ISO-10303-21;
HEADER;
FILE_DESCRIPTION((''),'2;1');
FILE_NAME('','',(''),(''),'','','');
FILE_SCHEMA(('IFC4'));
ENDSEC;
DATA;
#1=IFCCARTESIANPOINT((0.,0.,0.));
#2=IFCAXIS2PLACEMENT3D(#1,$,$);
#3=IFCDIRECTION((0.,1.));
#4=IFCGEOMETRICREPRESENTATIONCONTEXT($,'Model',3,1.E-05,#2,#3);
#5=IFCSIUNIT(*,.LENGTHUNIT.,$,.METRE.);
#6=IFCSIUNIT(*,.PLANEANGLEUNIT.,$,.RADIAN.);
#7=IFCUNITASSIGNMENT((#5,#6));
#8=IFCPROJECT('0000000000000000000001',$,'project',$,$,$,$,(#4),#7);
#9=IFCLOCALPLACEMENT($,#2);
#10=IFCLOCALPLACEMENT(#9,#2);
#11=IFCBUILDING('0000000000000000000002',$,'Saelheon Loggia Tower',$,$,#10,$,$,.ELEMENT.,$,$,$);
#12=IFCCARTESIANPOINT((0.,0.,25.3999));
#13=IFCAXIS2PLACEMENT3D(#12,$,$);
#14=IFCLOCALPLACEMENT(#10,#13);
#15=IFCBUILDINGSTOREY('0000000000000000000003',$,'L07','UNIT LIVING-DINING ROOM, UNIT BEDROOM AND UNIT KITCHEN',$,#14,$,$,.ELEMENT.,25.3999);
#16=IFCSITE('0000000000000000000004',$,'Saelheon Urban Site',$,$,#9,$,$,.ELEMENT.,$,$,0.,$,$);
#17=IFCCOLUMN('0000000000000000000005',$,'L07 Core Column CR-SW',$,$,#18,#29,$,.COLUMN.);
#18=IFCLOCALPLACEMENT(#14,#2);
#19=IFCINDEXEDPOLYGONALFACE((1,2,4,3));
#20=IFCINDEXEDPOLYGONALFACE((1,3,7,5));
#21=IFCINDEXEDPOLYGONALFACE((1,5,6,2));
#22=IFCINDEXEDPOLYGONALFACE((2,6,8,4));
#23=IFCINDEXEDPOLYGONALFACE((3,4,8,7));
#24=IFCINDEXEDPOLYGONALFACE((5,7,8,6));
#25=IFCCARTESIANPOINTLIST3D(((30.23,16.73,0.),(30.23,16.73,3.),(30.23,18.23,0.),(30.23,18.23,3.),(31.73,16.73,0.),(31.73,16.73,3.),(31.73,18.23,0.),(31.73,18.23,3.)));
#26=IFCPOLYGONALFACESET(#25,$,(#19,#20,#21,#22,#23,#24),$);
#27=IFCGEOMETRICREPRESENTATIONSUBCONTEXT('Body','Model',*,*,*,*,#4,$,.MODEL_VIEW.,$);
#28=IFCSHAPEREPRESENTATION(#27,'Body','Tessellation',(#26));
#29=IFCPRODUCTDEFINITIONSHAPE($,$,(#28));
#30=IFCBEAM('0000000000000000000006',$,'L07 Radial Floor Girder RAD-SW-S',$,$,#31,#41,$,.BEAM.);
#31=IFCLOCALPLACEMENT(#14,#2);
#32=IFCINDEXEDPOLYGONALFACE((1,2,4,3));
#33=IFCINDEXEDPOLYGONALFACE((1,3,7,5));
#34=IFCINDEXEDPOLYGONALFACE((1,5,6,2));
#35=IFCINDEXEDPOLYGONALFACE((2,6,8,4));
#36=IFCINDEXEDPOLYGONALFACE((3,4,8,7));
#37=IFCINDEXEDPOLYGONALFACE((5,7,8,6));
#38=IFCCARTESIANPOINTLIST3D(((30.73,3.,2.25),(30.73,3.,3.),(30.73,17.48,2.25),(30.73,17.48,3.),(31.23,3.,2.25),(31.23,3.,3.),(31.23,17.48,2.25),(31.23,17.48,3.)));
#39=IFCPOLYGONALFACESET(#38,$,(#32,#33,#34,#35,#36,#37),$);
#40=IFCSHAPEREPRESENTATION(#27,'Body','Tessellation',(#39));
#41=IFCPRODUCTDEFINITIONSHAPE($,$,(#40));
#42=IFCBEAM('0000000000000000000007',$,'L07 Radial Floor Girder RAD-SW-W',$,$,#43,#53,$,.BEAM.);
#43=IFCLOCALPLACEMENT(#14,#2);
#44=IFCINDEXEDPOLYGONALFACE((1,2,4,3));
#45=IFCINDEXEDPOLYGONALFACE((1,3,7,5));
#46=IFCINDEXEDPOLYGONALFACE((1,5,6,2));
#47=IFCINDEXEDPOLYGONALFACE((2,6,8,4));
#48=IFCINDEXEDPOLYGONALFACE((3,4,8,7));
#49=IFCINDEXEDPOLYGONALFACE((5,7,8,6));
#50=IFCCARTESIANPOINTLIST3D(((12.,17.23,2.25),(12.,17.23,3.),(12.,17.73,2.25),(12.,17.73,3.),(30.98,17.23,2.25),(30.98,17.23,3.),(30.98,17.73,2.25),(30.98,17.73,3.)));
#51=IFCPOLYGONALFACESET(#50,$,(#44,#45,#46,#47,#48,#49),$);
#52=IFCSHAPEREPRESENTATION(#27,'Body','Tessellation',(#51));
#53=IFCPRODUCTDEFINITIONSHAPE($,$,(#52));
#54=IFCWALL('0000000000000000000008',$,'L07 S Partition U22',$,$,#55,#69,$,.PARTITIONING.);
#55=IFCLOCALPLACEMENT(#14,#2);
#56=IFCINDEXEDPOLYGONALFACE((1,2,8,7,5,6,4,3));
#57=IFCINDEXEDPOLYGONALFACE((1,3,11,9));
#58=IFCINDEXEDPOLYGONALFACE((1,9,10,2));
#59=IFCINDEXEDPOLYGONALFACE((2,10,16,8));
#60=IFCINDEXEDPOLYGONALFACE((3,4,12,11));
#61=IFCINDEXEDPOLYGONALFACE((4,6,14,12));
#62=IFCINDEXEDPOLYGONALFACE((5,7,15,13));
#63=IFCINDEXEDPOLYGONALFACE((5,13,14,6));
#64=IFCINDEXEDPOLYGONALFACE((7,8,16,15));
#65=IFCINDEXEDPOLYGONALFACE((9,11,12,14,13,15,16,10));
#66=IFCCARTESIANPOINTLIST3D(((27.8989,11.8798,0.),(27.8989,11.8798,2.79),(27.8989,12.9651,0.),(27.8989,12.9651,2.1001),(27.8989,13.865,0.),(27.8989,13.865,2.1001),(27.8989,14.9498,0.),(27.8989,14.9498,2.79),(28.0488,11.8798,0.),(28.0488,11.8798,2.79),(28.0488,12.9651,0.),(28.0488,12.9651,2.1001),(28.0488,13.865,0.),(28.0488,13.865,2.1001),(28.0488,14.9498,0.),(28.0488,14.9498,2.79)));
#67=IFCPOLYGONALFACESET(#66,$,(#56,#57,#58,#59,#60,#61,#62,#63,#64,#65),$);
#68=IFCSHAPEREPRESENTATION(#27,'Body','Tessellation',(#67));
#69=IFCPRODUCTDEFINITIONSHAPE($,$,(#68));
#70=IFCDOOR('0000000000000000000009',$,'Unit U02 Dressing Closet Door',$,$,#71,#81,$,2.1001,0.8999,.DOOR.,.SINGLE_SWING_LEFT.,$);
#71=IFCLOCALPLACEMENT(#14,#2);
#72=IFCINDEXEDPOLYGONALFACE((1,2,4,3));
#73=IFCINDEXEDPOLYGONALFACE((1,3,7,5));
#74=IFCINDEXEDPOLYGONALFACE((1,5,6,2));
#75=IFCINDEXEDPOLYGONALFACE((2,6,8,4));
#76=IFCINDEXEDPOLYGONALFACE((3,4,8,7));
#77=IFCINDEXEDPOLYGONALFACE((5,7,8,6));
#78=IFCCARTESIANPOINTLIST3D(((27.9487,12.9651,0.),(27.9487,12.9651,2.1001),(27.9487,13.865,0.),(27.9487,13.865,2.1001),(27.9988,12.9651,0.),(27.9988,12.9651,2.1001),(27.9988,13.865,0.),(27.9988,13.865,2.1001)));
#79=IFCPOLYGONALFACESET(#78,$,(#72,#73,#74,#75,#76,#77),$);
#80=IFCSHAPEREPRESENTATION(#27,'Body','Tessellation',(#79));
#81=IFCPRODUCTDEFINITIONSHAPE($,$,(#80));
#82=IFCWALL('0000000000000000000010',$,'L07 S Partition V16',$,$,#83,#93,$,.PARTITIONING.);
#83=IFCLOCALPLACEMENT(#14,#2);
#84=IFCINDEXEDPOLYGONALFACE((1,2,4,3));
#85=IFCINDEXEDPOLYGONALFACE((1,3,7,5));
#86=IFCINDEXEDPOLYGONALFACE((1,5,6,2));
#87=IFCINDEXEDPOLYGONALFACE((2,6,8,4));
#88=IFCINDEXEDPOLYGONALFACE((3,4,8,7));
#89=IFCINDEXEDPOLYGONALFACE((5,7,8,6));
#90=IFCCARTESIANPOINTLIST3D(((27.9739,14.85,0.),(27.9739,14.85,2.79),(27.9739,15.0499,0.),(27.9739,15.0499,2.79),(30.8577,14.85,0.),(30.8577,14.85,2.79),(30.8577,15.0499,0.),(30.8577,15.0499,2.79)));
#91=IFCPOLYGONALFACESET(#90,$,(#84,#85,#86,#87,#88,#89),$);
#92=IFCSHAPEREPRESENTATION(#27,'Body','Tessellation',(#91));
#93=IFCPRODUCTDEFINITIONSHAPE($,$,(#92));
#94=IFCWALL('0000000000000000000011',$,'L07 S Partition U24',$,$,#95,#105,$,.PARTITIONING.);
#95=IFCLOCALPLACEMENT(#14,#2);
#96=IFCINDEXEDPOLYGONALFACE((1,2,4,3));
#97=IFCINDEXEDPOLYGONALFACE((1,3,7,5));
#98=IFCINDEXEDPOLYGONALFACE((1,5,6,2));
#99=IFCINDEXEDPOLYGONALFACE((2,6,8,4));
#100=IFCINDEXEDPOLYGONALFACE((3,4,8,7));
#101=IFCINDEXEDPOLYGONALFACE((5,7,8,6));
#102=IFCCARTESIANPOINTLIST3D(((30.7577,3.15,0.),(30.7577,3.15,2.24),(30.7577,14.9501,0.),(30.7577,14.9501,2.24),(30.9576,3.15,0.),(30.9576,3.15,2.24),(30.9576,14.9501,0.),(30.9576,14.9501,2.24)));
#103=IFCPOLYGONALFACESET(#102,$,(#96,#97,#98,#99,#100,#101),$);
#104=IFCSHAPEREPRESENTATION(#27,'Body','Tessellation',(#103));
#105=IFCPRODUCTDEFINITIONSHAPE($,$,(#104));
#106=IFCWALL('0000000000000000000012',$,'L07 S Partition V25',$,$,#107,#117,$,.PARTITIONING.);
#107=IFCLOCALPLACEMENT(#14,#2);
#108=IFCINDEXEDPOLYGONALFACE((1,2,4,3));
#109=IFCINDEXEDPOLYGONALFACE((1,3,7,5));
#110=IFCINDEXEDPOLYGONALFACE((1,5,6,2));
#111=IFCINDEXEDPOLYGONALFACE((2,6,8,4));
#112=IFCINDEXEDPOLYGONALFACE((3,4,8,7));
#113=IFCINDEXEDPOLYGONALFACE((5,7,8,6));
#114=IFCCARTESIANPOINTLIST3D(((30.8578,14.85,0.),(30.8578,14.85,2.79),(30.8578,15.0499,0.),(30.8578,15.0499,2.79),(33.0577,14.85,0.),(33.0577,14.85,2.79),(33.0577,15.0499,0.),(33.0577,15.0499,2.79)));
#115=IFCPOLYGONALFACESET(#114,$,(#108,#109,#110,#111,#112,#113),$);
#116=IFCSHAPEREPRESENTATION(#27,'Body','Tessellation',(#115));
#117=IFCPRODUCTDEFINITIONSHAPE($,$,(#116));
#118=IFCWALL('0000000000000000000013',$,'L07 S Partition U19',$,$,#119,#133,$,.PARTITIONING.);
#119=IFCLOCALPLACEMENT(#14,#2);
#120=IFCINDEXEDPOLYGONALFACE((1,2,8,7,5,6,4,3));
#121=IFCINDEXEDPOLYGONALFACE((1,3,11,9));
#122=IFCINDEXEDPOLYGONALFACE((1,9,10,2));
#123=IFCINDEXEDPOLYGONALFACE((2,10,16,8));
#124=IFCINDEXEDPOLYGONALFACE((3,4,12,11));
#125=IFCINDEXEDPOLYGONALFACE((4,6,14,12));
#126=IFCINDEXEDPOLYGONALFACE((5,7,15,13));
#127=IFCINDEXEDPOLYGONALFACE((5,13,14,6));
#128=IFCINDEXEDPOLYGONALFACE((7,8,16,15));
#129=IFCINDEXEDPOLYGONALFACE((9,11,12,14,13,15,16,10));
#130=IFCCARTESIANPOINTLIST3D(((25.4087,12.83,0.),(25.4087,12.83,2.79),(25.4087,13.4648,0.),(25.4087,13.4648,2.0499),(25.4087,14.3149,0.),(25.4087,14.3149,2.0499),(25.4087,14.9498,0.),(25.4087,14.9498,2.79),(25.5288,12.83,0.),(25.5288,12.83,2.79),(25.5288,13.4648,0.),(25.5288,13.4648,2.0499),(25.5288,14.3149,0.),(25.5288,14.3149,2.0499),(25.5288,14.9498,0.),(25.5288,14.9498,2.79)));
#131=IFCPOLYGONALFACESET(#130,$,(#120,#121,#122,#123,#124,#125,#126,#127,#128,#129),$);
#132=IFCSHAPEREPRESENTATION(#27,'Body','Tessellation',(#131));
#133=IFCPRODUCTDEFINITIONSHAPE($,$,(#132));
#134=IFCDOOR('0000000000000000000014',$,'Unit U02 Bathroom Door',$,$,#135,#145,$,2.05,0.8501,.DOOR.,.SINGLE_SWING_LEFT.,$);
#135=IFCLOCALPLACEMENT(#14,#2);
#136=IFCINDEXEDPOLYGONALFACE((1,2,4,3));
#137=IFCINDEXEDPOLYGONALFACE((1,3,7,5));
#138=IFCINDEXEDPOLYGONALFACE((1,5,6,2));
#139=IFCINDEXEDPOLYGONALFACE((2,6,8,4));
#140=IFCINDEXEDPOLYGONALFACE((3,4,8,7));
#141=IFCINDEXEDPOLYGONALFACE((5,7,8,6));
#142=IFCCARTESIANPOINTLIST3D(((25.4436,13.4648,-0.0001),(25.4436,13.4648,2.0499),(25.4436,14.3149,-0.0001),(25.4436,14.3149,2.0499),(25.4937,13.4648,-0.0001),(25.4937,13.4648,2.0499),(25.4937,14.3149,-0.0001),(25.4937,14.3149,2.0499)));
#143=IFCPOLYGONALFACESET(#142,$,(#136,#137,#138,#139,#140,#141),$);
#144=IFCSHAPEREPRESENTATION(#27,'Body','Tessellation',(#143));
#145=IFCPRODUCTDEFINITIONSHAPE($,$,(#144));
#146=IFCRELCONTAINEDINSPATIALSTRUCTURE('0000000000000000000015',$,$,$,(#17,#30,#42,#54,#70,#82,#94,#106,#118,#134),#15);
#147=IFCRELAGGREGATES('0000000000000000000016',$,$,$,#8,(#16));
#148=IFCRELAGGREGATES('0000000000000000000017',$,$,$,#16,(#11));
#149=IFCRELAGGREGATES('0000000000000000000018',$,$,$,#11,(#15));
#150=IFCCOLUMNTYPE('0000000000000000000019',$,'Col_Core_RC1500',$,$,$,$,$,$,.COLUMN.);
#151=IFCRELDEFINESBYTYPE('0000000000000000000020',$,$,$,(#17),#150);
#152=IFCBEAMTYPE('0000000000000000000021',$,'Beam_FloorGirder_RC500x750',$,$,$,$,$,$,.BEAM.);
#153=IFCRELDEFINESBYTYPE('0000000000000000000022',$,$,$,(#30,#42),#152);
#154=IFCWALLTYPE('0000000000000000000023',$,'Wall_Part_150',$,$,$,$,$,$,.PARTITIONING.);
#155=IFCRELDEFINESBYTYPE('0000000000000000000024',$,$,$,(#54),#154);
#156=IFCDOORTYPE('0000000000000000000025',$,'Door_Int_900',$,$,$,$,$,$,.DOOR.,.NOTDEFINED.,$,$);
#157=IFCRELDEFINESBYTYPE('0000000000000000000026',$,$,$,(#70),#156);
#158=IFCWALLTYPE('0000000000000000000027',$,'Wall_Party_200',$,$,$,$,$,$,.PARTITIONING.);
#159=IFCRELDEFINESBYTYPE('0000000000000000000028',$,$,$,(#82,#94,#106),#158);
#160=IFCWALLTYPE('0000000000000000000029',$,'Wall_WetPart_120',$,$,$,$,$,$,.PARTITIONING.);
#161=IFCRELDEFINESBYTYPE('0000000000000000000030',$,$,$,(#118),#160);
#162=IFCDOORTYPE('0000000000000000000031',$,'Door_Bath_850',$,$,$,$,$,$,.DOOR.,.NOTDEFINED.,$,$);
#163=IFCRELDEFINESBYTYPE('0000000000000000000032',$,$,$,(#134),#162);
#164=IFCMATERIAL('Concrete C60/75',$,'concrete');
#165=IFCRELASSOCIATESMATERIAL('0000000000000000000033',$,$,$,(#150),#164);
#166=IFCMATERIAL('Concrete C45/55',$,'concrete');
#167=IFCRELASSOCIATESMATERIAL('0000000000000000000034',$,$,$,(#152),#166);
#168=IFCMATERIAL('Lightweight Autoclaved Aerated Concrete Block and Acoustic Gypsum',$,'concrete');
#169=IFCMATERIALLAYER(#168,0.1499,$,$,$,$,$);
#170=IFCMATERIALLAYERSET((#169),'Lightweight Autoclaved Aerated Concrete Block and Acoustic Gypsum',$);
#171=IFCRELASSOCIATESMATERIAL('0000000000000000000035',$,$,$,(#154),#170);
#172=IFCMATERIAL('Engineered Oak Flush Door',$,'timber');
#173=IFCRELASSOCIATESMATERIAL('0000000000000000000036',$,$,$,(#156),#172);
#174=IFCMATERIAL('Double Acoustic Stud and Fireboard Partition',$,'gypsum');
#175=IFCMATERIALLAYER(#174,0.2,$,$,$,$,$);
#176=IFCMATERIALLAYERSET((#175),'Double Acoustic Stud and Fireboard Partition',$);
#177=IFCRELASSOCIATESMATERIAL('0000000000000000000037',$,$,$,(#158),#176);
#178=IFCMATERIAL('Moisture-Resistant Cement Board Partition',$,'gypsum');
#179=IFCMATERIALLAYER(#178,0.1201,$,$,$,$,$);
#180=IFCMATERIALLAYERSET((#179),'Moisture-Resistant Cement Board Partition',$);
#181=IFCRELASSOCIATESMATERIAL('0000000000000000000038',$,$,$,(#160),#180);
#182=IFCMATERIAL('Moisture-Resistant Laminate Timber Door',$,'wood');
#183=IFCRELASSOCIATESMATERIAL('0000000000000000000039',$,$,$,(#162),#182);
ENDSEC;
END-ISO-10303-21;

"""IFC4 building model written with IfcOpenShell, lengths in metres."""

from ifc_helpers import new_model, si_unit, direction, frame, frame_2d, origin, origin_2d, place, context, subcontext, project, spatial, rectangle, extrude, source, transform, mapped, material, layer, layer_set, material_profile, profile_set, type_object, element, fill, save


model = new_model("IFC4")

# Units and contexts
model_context = context("Model", 3, precision=1e-05, world=origin(), true_north=direction((0.0, 1.0)))
body_context = subcontext(model_context, "Body", "Model", "MODEL_VIEW")
ifc_project = project(units=[si_unit("LENGTHUNIT", "METRE"), si_unit("PLANEANGLEUNIT", "RADIAN")], contexts=[model_context])

# Site, building, storey
site_placement = place(None, origin())
site = spatial("IfcSite", under=ifc_project, at=site_placement, Name="Saelheon Urban Site", CompositionType="ELEMENT", RefElevation=0.0)
building_placement = place(site_placement, origin())
building = spatial("IfcBuilding", under=site, at=building_placement, Name="Saelheon Loggia Tower", CompositionType="ELEMENT")
storey_placement = place(building_placement, frame((0.0, 0.0, 25.3999)))
storey = spatial("IfcBuildingStorey", under=building, at=storey_placement, Name="L07", Description="UNIT LIVING-DINING ROOM, UNIT BEDROOM AND UNIT KITCHEN", CompositionType="ELEMENT", Elevation=25.3999)

# Column
ifc_material_1 = material(Name="Concrete C60/75", Category="concrete")
ifc_material_profile_1 = material_profile(ifc_material_1, rectangle(XDim=1.5, YDim=1.5, at=origin_2d()), Name="RC-1500x1500")
ifc_profile_set_1 = profile_set([ifc_material_profile_1], Name="Concrete C60/75")
column_type = type_object("IfcColumnType", Name="Col_Core_RC1500", PredefinedType="COLUMN", material=ifc_profile_set_1)
shared_shape_1 = source(origin(), body_context, "Body", "SweptSolid", [
    extrude(rectangle(XDim=1.5, YDim=1.5, at=origin_2d()), origin(), (0.0, 0.0, 1.0), 3.0),
])
column_placement = place(storey_placement, frame((30.98, 17.48, 0.0), z_axis=(0.0, 0.0, 1.0), x_axis=(1.0, 0.0, 0.0)))
element("IfcColumn", 1, at=column_placement, inside=storey, type_object=column_type, Name="L07 Core Column CR-SW", PredefinedType="COLUMN", context=body_context, shape_type="MappedRepresentation", body=[
    mapped(shared_shape_1, transform((0.0, 0.0, 0.0), scale=1.0)),
])

# Beams
ifc_material_2 = material(Name="Concrete C45/55", Category="concrete")
ifc_material_profile_2 = material_profile(ifc_material_2, rectangle(XDim=0.5, YDim=0.75, at=origin_2d()), Name="RC-500x750")
ifc_profile_set_2 = profile_set([ifc_material_profile_2], Name="Concrete C45/55")
beam_type = type_object("IfcBeamType", Name="Beam_FloorGirder_RC500x750", PredefinedType="BEAM", material=ifc_profile_set_2)
shared_shape_2 = source(origin(), body_context, "Body", "SweptSolid", [
    extrude(rectangle(XDim=0.5, YDim=0.75, at=origin_2d()), origin(), (0.0, 0.0, 1.0), 14.48),
])
beam_1_placement = place(storey_placement, frame((30.98, 17.48, 2.625), z_axis=(0.0, -1.0, 0.0), x_axis=(1.0, 0.0, 0.0)))
element("IfcBeam", 2, at=beam_1_placement, inside=storey, type_object=beam_type, Name="L07 Radial Floor Girder RAD-SW-S", PredefinedType="BEAM", context=body_context, shape_type="MappedRepresentation", body=[
    mapped(shared_shape_2, transform((0.0, 0.0, 0.0), scale=1.0)),
])
shared_shape_3 = source(origin(), body_context, "Body", "SweptSolid", [
    extrude(rectangle(XDim=0.5, YDim=0.75, at=origin_2d()), origin(), (0.0, 0.0, 1.0), 18.98),
])
beam_2_placement = place(storey_placement, frame((30.98, 17.48, 2.625), z_axis=(-1.0, 0.0, 0.0), x_axis=(0.0, -1.0, 0.0)))
element("IfcBeam", 3, at=beam_2_placement, inside=storey, type_object=beam_type, Name="L07 Radial Floor Girder RAD-SW-W", PredefinedType="BEAM", context=body_context, shape_type="MappedRepresentation", body=[
    mapped(shared_shape_3, transform((0.0, 0.0, 0.0), scale=1.0)),
])

# Wall, opening, door
ifc_material_3 = material(Name="Lightweight Autoclaved Aerated Concrete Block and Acoustic Gypsum", Category="concrete")
ifc_layer_1 = layer(ifc_material_3, 0.1499)
ifc_layer_set_1 = layer_set([ifc_layer_1], Name="Lightweight Autoclaved Aerated Concrete Block and Acoustic Gypsum")
wall_type_1 = type_object("IfcWallType", Name="Wall_Part_150", PredefinedType="PARTITIONING", material=ifc_layer_set_1)
wall_1_placement = place(storey_placement, frame((27.9739, 14.95, 0.0), z_axis=(0.0, 0.0, 1.0), x_axis=(0.0, -1.0, 0.0)))
wall_1 = element("IfcWall", 4, at=wall_1_placement, inside=storey, type_object=wall_type_1, Name="L07 S Partition U22", PredefinedType="PARTITIONING", context=body_context, shape_type="SweptSolid", body=[
    extrude(rectangle(XDim=3.0701, YDim=0.1499, at=frame_2d((1.5352, 0.0))), origin(), (0.0, 0.0, 1.0), 2.79),
])
opening_1_placement = place(wall_1_placement, frame((1.085, 0.0, 0.0)))
opening_1 = element("IfcOpeningElement", 5, at=opening_1_placement, cuts=wall_1, PredefinedType="OPENING", context=body_context, shape_type="SweptSolid", body=[
    extrude(rectangle(XDim=0.8999, YDim=2.1001, at=frame_2d((0.45, 1.05))), frame((0.0, 0.0869, 0.0), z_axis=(0.0, -1.0, 0.0), x_axis=(1.0, 0.0, 0.0)), (0.0, 0.0, 1.0), 0.1738),
])
ifc_material_4 = material(Name="Engineered Oak Flush Door", Category="timber")
door_type_1 = type_object("IfcDoorType", Name="Door_Int_900", OperationType="NOTDEFINED", PredefinedType="DOOR", material=ifc_material_4)
shared_shape_4 = source(origin(), body_context, "Body", "SweptSolid", [
    extrude(rectangle(XDim=0.8999, YDim=2.1001, at=frame_2d((0.45, 1.05))), frame((0.0, 0.0249, 0.0), z_axis=(0.0, -1.0, 0.0), x_axis=(1.0, 0.0, 0.0)), (0.0, 0.0, 1.0), 0.05),
])
door_1_placement = place(opening_1_placement, origin())
door_1 = element("IfcDoor", 6, at=door_1_placement, inside=storey, type_object=door_type_1, Name="Unit U02 Dressing Closet Door", OperationType="SINGLE_SWING_LEFT", OverallHeight=2.1001, OverallWidth=0.8999, PredefinedType="DOOR", context=body_context, shape_type="MappedRepresentation", body=[
    mapped(shared_shape_4, transform((0.0, 0.0, 0.0), scale=1.0)),
])
fill(opening_1, door_1)
ifc_material_5 = material(Name="Double Acoustic Stud and Fireboard Partition", Category="gypsum")
ifc_layer_2 = layer(ifc_material_5, 0.2)
ifc_layer_set_2 = layer_set([ifc_layer_2], Name="Double Acoustic Stud and Fireboard Partition")
wall_type_2 = type_object("IfcWallType", Name="Wall_Party_200", PredefinedType="PARTITIONING", material=ifc_layer_set_2)

# Walls
wall_2_placement = place(storey_placement, frame((27.9739, 14.95, 0.0), z_axis=(0.0, 0.0, 1.0), x_axis=(1.0, 0.0, 0.0)))
element("IfcWall", 7, at=wall_2_placement, inside=storey, type_object=wall_type_2, Name="L07 S Partition V16", PredefinedType="PARTITIONING", context=body_context, shape_type="SweptSolid", body=[
    extrude(rectangle(XDim=2.8838, YDim=0.2, at=frame_2d((1.4419, 0.0))), origin(), (0.0, 0.0, 1.0), 2.79),
])
wall_3_placement = place(storey_placement, frame((30.8577, 14.95, 0.0), z_axis=(0.0, 0.0, 1.0), x_axis=(0.0, -1.0, 0.0)))
element("IfcWall", 8, at=wall_3_placement, inside=storey, type_object=wall_type_2, Name="L07 S Partition U24", PredefinedType="PARTITIONING", context=body_context, shape_type="SweptSolid", body=[
    extrude(rectangle(XDim=11.8, YDim=0.2, at=frame_2d((5.8999, 0.0))), origin(), (0.0, 0.0, 1.0), 2.24),
])
wall_4_placement = place(storey_placement, frame((30.8577, 14.95, 0.0), z_axis=(0.0, 0.0, 1.0), x_axis=(1.0, 0.0, 0.0)))
element("IfcWall", 9, at=wall_4_placement, inside=storey, type_object=wall_type_2, Name="L07 S Partition V25", PredefinedType="PARTITIONING", context=body_context, shape_type="SweptSolid", body=[
    extrude(rectangle(XDim=2.2, YDim=0.2, at=frame_2d((1.1001, 0.0))), origin(), (0.0, 0.0, 1.0), 2.79),
])

# Wall, opening, door
ifc_material_6 = material(Name="Moisture-Resistant Cement Board Partition", Category="gypsum")
ifc_layer_3 = layer(ifc_material_6, 0.1201)
ifc_layer_set_3 = layer_set([ifc_layer_3], Name="Moisture-Resistant Cement Board Partition")
wall_type_3 = type_object("IfcWallType", Name="Wall_WetPart_120", PredefinedType="PARTITIONING", material=ifc_layer_set_3)
wall_5_placement = place(storey_placement, frame((25.4688, 14.95, 0.0), z_axis=(0.0, 0.0, 1.0), x_axis=(0.0, -1.0, 0.0)))
wall_5 = element("IfcWall", 10, at=wall_5_placement, inside=storey, type_object=wall_type_3, Name="L07 S Partition U19", PredefinedType="PARTITIONING", context=body_context, shape_type="SweptSolid", body=[
    extrude(rectangle(XDim=2.1199, YDim=0.1201, at=frame_2d((1.0601, 0.0))), origin(), (0.0, 0.0, 1.0), 2.79),
])
opening_2_placement = place(wall_5_placement, frame((0.635, 0.0, 0.0)))
opening_2 = element("IfcOpeningElement", 11, at=opening_2_placement, cuts=wall_5, PredefinedType="OPENING", context=body_context, shape_type="SweptSolid", body=[
    extrude(rectangle(XDim=0.8501, YDim=2.05, at=frame_2d((0.425, 1.0249))), frame((0.0, 0.072, 0.0), z_axis=(0.0, -1.0, 0.0), x_axis=(1.0, 0.0, 0.0)), (0.0, 0.0, 1.0), 0.144),
])
ifc_material_7 = material(Name="Moisture-Resistant Laminate Timber Door", Category="wood")
door_type_2 = type_object("IfcDoorType", Name="Door_Bath_850", OperationType="NOTDEFINED", PredefinedType="DOOR", material=ifc_material_7)
shared_shape_5 = source(origin(), body_context, "Body", "SweptSolid", [
    extrude(rectangle(XDim=0.8501, YDim=2.05, at=frame_2d((0.425, 1.0249))), frame((0.0, 0.0249, 0.0), z_axis=(0.0, -1.0, 0.0), x_axis=(1.0, 0.0, 0.0)), (0.0, 0.0, 1.0), 0.05),
])
door_2_placement = place(opening_2_placement, origin())
door_2 = element("IfcDoor", 12, at=door_2_placement, inside=storey, type_object=door_type_2, Name="Unit U02 Bathroom Door", OperationType="SINGLE_SWING_LEFT", OverallHeight=2.05, OverallWidth=0.8501, PredefinedType="DOOR", context=body_context, shape_type="MappedRepresentation", body=[
    mapped(shared_shape_5, transform((0.0, 0.0, 0.0), scale=1.0)),
])
fill(opening_2, door_2)

save(model, "model.ifc")
